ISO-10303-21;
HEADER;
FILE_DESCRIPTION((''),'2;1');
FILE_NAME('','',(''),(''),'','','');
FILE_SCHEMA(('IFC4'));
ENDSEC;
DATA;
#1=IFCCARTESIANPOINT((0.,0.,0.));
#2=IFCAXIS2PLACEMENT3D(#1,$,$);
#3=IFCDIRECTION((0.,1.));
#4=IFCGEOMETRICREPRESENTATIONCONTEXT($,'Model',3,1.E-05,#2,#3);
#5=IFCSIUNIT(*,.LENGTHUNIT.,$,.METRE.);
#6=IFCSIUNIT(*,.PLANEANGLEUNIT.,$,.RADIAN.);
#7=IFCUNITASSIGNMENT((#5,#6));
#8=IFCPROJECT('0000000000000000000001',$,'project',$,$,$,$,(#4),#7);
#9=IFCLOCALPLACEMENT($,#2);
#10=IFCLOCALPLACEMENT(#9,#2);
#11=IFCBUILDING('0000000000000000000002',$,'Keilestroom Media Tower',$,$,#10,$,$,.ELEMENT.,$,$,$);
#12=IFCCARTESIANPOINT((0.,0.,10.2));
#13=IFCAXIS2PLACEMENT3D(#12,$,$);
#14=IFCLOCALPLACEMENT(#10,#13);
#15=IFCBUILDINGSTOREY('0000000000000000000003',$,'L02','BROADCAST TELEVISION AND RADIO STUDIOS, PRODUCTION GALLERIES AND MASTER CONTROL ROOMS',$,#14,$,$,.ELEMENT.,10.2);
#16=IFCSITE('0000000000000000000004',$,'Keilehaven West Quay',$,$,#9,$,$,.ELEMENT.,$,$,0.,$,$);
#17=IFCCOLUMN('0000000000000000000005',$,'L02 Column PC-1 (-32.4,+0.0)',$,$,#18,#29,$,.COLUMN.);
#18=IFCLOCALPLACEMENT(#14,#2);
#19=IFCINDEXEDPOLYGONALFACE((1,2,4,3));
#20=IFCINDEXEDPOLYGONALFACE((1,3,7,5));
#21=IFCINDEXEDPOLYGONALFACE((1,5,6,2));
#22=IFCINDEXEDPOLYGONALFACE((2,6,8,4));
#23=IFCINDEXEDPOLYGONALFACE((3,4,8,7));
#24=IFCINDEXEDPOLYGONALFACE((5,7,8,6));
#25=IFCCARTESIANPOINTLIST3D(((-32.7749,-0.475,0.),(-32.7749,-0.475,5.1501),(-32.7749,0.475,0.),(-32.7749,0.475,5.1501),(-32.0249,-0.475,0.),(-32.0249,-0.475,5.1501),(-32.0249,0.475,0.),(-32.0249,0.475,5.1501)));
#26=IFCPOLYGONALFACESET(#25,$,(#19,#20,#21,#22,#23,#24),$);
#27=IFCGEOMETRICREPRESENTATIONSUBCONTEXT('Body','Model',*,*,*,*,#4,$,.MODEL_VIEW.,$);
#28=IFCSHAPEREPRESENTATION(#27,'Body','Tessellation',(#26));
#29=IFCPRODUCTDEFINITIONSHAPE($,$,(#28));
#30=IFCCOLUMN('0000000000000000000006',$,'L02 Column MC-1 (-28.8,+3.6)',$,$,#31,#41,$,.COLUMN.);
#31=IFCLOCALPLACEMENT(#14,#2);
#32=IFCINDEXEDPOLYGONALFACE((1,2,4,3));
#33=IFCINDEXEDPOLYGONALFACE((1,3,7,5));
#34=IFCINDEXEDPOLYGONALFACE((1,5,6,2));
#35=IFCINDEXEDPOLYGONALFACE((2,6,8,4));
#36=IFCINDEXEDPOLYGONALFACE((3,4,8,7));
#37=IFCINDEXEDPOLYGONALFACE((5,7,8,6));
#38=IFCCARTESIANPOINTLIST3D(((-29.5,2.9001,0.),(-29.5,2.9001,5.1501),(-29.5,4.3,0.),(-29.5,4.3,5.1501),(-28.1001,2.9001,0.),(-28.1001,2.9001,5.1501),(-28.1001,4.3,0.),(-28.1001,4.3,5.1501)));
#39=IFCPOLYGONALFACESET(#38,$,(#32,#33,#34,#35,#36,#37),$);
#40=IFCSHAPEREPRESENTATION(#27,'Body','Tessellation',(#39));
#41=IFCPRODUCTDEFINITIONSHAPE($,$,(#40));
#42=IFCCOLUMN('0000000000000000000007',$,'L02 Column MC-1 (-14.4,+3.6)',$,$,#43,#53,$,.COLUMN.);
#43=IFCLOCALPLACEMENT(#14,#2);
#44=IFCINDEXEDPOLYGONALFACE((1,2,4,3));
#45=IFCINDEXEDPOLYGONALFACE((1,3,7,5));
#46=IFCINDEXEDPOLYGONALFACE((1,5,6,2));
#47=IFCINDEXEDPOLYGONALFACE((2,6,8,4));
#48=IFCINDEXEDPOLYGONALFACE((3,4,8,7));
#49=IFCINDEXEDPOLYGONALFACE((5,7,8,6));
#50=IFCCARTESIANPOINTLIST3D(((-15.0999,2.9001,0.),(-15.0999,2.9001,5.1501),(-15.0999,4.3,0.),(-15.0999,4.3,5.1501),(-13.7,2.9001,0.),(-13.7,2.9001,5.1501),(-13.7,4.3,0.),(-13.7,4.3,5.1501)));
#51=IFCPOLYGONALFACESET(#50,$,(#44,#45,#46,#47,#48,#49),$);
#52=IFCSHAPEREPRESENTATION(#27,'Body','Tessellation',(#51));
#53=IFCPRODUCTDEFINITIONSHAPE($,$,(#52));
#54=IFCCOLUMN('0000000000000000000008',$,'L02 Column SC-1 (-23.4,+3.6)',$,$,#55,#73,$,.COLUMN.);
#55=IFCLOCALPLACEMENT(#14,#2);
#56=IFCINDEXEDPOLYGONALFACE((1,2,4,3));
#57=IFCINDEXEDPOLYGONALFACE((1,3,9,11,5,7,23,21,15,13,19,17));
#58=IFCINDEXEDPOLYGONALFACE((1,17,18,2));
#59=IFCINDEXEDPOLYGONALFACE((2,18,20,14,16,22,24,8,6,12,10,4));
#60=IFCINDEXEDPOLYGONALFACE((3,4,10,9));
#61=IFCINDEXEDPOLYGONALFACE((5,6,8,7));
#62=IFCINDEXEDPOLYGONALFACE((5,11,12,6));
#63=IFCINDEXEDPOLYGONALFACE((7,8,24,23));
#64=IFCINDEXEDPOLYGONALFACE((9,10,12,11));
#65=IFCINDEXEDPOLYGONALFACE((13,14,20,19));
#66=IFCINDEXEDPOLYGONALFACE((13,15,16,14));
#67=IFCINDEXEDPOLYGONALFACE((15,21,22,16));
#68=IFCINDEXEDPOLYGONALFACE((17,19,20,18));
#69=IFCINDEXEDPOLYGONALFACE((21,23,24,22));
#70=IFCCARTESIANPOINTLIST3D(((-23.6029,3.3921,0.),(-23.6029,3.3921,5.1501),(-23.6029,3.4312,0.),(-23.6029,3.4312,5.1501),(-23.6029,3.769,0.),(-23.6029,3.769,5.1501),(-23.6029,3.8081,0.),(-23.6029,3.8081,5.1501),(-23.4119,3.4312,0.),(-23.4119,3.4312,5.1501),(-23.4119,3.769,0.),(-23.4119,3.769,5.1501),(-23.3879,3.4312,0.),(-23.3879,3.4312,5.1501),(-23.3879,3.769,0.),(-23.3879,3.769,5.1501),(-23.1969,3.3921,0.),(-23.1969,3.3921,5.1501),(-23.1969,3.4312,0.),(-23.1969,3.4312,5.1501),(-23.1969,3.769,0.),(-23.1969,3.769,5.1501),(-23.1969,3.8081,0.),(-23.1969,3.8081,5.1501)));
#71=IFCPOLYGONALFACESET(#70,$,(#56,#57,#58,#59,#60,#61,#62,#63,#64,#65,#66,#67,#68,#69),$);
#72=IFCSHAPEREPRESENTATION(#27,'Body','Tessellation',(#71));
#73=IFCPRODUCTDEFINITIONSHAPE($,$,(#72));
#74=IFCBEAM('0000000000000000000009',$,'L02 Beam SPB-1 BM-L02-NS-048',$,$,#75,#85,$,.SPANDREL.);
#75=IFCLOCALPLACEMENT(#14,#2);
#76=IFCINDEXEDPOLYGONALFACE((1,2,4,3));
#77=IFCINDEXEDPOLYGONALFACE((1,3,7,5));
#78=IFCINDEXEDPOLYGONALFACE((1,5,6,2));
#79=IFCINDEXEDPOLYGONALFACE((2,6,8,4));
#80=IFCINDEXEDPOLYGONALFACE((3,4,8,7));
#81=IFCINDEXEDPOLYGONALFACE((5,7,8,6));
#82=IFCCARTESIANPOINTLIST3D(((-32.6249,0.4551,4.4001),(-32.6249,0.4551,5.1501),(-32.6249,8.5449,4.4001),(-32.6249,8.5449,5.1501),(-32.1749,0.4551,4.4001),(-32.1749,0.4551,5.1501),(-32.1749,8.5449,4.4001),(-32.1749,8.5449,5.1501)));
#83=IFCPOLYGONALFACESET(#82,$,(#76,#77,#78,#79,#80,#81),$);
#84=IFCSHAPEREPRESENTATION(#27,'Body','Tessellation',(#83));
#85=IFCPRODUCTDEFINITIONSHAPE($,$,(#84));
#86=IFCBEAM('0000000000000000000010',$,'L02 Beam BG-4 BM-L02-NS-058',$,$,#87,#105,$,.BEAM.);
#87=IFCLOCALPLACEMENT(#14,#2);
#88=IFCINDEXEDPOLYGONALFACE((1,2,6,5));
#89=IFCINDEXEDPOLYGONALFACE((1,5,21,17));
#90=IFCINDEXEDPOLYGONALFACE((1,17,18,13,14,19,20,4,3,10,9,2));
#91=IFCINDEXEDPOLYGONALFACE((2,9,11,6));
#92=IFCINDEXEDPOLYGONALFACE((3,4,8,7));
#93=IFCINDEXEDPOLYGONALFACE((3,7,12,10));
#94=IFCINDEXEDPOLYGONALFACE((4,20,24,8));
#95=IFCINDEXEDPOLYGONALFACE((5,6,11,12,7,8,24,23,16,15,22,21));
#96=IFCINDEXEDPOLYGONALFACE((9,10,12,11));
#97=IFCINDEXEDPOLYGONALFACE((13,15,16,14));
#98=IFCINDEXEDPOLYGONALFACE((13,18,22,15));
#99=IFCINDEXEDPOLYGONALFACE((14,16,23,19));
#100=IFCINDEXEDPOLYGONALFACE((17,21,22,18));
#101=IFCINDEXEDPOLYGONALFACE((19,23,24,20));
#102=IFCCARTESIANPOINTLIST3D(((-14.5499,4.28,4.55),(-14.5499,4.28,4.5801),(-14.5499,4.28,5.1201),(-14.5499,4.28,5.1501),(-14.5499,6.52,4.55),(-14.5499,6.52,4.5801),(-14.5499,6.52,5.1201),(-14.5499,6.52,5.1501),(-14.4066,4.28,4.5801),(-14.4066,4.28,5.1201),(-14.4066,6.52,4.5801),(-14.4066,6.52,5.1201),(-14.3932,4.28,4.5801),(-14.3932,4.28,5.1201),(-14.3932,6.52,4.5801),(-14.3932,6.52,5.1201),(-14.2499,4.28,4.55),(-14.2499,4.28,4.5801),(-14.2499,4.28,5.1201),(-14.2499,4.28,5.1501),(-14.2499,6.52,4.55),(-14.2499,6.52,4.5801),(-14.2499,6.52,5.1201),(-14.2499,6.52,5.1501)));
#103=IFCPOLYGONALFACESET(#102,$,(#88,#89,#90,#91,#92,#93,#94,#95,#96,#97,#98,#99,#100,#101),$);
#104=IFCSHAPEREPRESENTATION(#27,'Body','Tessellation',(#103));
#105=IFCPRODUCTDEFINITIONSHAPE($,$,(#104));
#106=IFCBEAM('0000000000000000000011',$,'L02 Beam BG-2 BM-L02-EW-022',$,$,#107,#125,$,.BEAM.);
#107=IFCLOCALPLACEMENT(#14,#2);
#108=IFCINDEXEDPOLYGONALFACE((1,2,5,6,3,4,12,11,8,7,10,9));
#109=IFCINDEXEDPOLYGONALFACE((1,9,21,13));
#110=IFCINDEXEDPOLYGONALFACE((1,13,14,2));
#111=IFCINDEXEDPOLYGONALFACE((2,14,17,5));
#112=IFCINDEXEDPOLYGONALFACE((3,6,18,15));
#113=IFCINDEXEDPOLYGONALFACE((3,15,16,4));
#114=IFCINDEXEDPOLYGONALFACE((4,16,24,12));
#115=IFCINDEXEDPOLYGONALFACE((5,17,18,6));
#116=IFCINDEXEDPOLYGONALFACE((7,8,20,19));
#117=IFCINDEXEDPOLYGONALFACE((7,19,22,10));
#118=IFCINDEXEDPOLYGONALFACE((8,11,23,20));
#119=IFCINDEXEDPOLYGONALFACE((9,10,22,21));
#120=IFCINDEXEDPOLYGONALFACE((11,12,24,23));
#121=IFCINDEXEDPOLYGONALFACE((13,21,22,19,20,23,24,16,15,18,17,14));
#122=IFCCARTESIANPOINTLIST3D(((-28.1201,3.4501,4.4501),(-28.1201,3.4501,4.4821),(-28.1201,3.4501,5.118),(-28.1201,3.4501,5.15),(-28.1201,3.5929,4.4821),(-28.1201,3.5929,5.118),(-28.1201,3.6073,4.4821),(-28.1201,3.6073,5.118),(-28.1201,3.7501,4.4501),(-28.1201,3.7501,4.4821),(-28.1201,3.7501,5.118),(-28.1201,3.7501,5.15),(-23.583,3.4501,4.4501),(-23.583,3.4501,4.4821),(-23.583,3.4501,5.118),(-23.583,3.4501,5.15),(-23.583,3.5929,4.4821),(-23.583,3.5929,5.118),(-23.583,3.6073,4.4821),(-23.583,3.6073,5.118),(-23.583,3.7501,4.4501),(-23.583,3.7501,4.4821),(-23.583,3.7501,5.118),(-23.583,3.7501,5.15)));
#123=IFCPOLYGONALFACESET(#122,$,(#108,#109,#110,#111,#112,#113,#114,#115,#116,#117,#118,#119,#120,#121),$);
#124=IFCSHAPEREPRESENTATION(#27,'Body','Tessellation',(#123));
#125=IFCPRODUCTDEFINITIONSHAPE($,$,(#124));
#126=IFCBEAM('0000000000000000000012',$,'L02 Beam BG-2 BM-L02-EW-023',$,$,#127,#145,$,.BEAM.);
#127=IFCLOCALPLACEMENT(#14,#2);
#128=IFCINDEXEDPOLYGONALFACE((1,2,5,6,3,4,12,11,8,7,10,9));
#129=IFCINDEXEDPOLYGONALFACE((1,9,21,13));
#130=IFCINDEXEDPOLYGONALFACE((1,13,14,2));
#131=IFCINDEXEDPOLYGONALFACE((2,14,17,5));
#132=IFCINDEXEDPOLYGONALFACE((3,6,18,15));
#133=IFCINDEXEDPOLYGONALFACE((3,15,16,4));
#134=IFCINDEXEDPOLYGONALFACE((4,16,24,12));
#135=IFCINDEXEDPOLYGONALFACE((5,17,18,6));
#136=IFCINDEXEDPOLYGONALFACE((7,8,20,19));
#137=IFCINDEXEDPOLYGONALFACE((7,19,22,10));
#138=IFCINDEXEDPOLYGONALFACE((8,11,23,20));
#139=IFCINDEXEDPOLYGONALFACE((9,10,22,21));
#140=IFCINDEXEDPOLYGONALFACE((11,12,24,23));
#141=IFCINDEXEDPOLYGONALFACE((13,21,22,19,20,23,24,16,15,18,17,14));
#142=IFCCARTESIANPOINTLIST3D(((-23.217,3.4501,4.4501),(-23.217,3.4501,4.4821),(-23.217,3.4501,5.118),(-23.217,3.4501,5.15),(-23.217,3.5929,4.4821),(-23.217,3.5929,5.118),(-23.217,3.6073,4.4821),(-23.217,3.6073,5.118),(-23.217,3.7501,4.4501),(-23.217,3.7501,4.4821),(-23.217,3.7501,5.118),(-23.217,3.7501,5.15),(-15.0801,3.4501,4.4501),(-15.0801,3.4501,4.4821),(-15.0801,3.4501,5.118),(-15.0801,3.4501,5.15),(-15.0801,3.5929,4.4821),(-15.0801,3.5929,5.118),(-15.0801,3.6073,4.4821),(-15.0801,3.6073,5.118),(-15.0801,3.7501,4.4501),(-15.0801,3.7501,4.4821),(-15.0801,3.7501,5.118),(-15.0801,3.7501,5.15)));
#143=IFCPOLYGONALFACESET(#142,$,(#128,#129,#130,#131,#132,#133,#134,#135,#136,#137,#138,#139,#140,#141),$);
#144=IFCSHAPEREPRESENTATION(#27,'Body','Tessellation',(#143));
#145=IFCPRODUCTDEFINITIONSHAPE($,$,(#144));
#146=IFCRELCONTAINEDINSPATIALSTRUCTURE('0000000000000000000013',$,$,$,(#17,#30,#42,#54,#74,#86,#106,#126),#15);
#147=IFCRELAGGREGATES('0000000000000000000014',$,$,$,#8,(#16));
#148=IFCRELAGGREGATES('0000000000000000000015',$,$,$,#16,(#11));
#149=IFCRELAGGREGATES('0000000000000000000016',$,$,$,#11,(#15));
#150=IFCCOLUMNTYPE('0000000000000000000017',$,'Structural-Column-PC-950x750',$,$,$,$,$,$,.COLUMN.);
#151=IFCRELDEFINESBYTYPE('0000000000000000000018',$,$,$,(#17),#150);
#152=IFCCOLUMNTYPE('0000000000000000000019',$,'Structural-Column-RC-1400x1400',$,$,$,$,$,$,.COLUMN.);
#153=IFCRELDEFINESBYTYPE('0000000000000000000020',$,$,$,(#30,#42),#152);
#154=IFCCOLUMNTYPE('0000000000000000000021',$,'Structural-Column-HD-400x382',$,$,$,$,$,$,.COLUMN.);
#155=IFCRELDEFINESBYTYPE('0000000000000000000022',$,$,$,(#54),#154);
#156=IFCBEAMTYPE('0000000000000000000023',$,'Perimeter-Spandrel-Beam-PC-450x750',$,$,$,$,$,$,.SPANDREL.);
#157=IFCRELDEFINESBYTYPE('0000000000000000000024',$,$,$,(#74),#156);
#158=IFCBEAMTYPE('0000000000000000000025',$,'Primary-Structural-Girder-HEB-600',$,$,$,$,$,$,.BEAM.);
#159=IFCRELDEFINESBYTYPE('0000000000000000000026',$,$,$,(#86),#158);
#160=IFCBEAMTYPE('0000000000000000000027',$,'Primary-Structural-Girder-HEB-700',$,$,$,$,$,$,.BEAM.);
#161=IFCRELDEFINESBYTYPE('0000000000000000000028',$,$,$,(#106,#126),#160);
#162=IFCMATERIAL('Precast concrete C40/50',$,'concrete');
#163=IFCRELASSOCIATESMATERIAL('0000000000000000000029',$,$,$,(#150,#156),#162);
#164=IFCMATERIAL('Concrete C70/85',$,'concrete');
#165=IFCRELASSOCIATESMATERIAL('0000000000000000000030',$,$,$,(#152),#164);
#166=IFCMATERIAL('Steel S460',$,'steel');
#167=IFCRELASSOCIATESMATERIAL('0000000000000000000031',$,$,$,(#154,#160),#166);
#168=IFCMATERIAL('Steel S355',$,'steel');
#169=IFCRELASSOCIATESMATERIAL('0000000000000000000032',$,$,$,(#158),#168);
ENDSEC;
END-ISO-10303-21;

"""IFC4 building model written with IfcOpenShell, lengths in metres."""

from ifc_helpers import new_model, si_unit, direction, frame, origin, origin_2d, place, context, subcontext, project, spatial, rectangle, i_section, extrude, source, transform, mapped, material, material_profile, profile_set, type_object, element, save


model = new_model("IFC4")

# Units and contexts
model_context = context("Model", 3, precision=1e-05, world=origin(), true_north=direction((0.0, 1.0)))
body_context = subcontext(model_context, "Body", "Model", "MODEL_VIEW")
ifc_project = project(units=[si_unit("LENGTHUNIT", "METRE"), si_unit("PLANEANGLEUNIT", "RADIAN")], contexts=[model_context])

# Site, building, storey
site_placement = place(None, origin())
site = spatial("IfcSite", under=ifc_project, at=site_placement, Name="Keilehaven West Quay", CompositionType="ELEMENT", RefElevation=0.0)
building_placement = place(site_placement, origin())
building = spatial("IfcBuilding", under=site, at=building_placement, Name="Keilestroom Media Tower", CompositionType="ELEMENT")
storey_placement = place(building_placement, frame((0.0, 0.0, 10.2)))
storey = spatial("IfcBuildingStorey", under=building, at=storey_placement, Name="L02", Description="BROADCAST TELEVISION AND RADIO STUDIOS, PRODUCTION GALLERIES AND MASTER CONTROL ROOMS", CompositionType="ELEMENT", Elevation=10.2)

# Columns
ifc_material_1 = material(Name="Precast concrete C40/50", Category="concrete")
ifc_material_profile_1 = material_profile(ifc_material_1, rectangle(XDim=0.75, YDim=0.95, at=origin_2d()), Name="PC 950x750")
ifc_profile_set_1 = profile_set([ifc_material_profile_1], Name="Precast concrete C40/50")
column_type_1 = type_object("IfcColumnType", Name="Structural-Column-PC-950x750", PredefinedType="COLUMN", material=ifc_profile_set_1)
shared_shape_1 = source(origin(), body_context, "Body", "SweptSolid", [
    extrude(rectangle(XDim=0.75, YDim=0.95, at=origin_2d()), origin(), (0.0, 0.0, 1.0), 5.1501),
])
column_1_placement = place(storey_placement, frame((-32.3999, 0.0, 0.0), z_axis=(0.0, 0.0, 1.0), x_axis=(1.0, 0.0, 0.0)))
element("IfcColumn", 1, at=column_1_placement, inside=storey, type_object=column_type_1, Name="L02 Column PC-1 (-32.4,+0.0)", PredefinedType="COLUMN", context=body_context, shape_type="MappedRepresentation", body=[
    mapped(shared_shape_1, transform((0.0, 0.0, 0.0), x_axis=(1.0, 0.0, 0.0), y_axis=(0.0, 1.0, 0.0), z_axis=(0.0, 0.0, 1.0), scale=1.0)),
])
ifc_material_2 = material(Name="Concrete C70/85", Category="concrete")
ifc_material_profile_2 = material_profile(ifc_material_2, rectangle(XDim=1.3999, YDim=1.3999, at=origin_2d()), Name="RC 1400x1400")
ifc_profile_set_2 = profile_set([ifc_material_profile_2], Name="Concrete C70/85")
column_type_2 = type_object("IfcColumnType", Name="Structural-Column-RC-1400x1400", PredefinedType="COLUMN", material=ifc_profile_set_2)
shared_shape_2 = source(origin(), body_context, "Body", "SweptSolid", [
    extrude(rectangle(XDim=1.3999, YDim=1.3999, at=origin_2d()), origin(), (0.0, 0.0, 1.0), 5.1501),
])
for number, where, z_axis, x_axis, name in (
    (2, (-28.8, 3.6001, 0.0), (0.0, 0.0, 1.0), (1.0, 0.0, 0.0), "L02 Column MC-1 (-28.8,+3.6)"),
    (3, (-14.3999, 3.6001, 0.0), (0.0, 0.0, 1.0), (1.0, 0.0, 0.0), "L02 Column MC-1 (-14.4,+3.6)"),
):
    element("IfcColumn", number, at=place(storey_placement, frame(where, z_axis=z_axis, x_axis=x_axis)), inside=storey, type_object=column_type_2, Name=name, PredefinedType="COLUMN", context=body_context, shape_type="MappedRepresentation", body=[
        mapped(shared_shape_2, transform((0.0, 0.0, 0.0), x_axis=(1.0, 0.0, 0.0), y_axis=(0.0, 1.0, 0.0), z_axis=(0.0, 0.0, 1.0), scale=1.0)),
    ])
ifc_material_3 = material(Name="Steel S460", Category="steel")
ifc_material_profile_3 = material_profile(ifc_material_3, i_section(OverallWidth=0.406, OverallDepth=0.416, WebThickness=0.0239, FlangeThickness=0.0391, at=origin_2d()), Name="HD 400x382")
ifc_profile_set_3 = profile_set([ifc_material_profile_3], Name="Steel S460")
column_type_3 = type_object("IfcColumnType", Name="Structural-Column-HD-400x382", PredefinedType="COLUMN", material=ifc_profile_set_3)
shared_shape_3 = source(origin(), body_context, "Body", "SweptSolid", [
    extrude(i_section(OverallWidth=0.406, OverallDepth=0.416, WebThickness=0.0239, FlangeThickness=0.0391, at=origin_2d()), origin(), (0.0, 0.0, 1.0), 5.1501),
])
column_2_placement = place(storey_placement, frame((-23.3999, 3.6001, 0.0), z_axis=(0.0, 0.0, 1.0), x_axis=(1.0, 0.0, 0.0)))
element("IfcColumn", 4, at=column_2_placement, inside=storey, type_object=column_type_3, Name="L02 Column SC-1 (-23.4,+3.6)", PredefinedType="COLUMN", context=body_context, shape_type="MappedRepresentation", body=[
    mapped(shared_shape_3, transform((0.0, 0.0, 0.0), x_axis=(1.0, 0.0, 0.0), y_axis=(0.0, 1.0, 0.0), z_axis=(0.0, 0.0, 1.0), scale=1.0)),
])

# Beams
ifc_material_profile_4 = material_profile(ifc_material_1, rectangle(XDim=0.45, YDim=0.75, at=origin_2d()), Name="PC 450x750")
ifc_profile_set_4 = profile_set([ifc_material_profile_4], Name="Precast concrete C40/50")
beam_type_1 = type_object("IfcBeamType", Name="Perimeter-Spandrel-Beam-PC-450x750", PredefinedType="SPANDREL", material=ifc_profile_set_4)
shared_shape_4 = source(origin(), body_context, "Body", "SweptSolid", [
    extrude(rectangle(XDim=0.45, YDim=0.75, at=origin_2d()), origin(), (0.0, 0.0, 1.0), 8.0898),
])
beam_1_placement = place(storey_placement, frame((-32.3999, 0.4551, 4.7751), z_axis=(0.0, 1.0, 0.0), x_axis=(-1.0, 0.0, 0.0)))
element("IfcBeam", 5, at=beam_1_placement, inside=storey, type_object=beam_type_1, Name="L02 Beam SPB-1 BM-L02-NS-048", PredefinedType="SPANDREL", context=body_context, shape_type="MappedRepresentation", body=[
    mapped(shared_shape_4, transform((0.0, 0.0, 0.0), x_axis=(1.0, 0.0, 0.0), y_axis=(0.0, 1.0, 0.0), z_axis=(0.0, 0.0, 1.0), scale=1.0)),
])
ifc_material_4 = material(Name="Steel S355", Category="steel")
ifc_material_profile_5 = material_profile(ifc_material_4, i_section(OverallWidth=0.3, OverallDepth=0.6001, WebThickness=0.0134, FlangeThickness=0.03, at=origin_2d()), Name="HEB 600")
ifc_profile_set_5 = profile_set([ifc_material_profile_5], Name="Steel S355")
beam_type_2 = type_object("IfcBeamType", Name="Primary-Structural-Girder-HEB-600", PredefinedType="BEAM", material=ifc_profile_set_5)
shared_shape_5 = source(origin(), body_context, "Body", "SweptSolid", [
    extrude(i_section(OverallWidth=0.3, OverallDepth=0.6001, WebThickness=0.0134, FlangeThickness=0.03, at=origin_2d()), origin(), (0.0, 0.0, 1.0), 2.24),
])
beam_2_placement = place(storey_placement, frame((-14.3999, 4.28, 4.8501), z_axis=(0.0, 1.0, 0.0), x_axis=(-1.0, 0.0, 0.0)))
element("IfcBeam", 6, at=beam_2_placement, inside=storey, type_object=beam_type_2, Name="L02 Beam BG-4 BM-L02-NS-058", PredefinedType="BEAM", context=body_context, shape_type="MappedRepresentation", body=[
    mapped(shared_shape_5, transform((0.0, 0.0, 0.0), x_axis=(1.0, 0.0, 0.0), y_axis=(0.0, 1.0, 0.0), z_axis=(0.0, 0.0, 1.0), scale=1.0)),
])
ifc_material_profile_6 = material_profile(ifc_material_3, i_section(OverallWidth=0.3, OverallDepth=0.7, WebThickness=0.0144, FlangeThickness=0.032, at=origin_2d()), Name="HEB 700")
ifc_profile_set_6 = profile_set([ifc_material_profile_6], Name="Steel S460")
beam_type_3 = type_object("IfcBeamType", Name="Primary-Structural-Girder-HEB-700", PredefinedType="BEAM", material=ifc_profile_set_6)
shared_shape_6 = source(origin(), body_context, "Body", "SweptSolid", [
    extrude(i_section(OverallWidth=0.3, OverallDepth=0.7, WebThickness=0.0144, FlangeThickness=0.032, at=origin_2d()), origin(), (0.0, 0.0, 1.0), 4.5371),
])
beam_3_placement = place(storey_placement, frame((-28.1201, 3.6001, 4.8), z_axis=(1.0, 0.0, 0.0), x_axis=(0.0, 1.0, 0.0)))
element("IfcBeam", 7, at=beam_3_placement, inside=storey, type_object=beam_type_3, Name="L02 Beam BG-2 BM-L02-EW-022", PredefinedType="BEAM", context=body_context, shape_type="MappedRepresentation", body=[
    mapped(shared_shape_6, transform((0.0, 0.0, 0.0), x_axis=(1.0, 0.0, 0.0), y_axis=(0.0, 1.0, 0.0), z_axis=(0.0, 0.0, 1.0), scale=1.0)),
])
shared_shape_7 = source(origin(), body_context, "Body", "SweptSolid", [
    extrude(i_section(OverallWidth=0.3, OverallDepth=0.7, WebThickness=0.0144, FlangeThickness=0.032, at=origin_2d()), origin(), (0.0, 0.0, 1.0), 8.137),
])
beam_4_placement = place(storey_placement, frame((-23.217, 3.6001, 4.8), z_axis=(1.0, 0.0, 0.0), x_axis=(0.0, 1.0, 0.0)))
element("IfcBeam", 8, at=beam_4_placement, inside=storey, type_object=beam_type_3, Name="L02 Beam BG-2 BM-L02-EW-023", PredefinedType="BEAM", context=body_context, shape_type="MappedRepresentation", body=[
    mapped(shared_shape_7, transform((0.0, 0.0, 0.0), x_axis=(1.0, 0.0, 0.0), y_axis=(0.0, 1.0, 0.0), z_axis=(0.0, 0.0, 1.0), scale=1.0)),
])

save(model, "model.ifc")
